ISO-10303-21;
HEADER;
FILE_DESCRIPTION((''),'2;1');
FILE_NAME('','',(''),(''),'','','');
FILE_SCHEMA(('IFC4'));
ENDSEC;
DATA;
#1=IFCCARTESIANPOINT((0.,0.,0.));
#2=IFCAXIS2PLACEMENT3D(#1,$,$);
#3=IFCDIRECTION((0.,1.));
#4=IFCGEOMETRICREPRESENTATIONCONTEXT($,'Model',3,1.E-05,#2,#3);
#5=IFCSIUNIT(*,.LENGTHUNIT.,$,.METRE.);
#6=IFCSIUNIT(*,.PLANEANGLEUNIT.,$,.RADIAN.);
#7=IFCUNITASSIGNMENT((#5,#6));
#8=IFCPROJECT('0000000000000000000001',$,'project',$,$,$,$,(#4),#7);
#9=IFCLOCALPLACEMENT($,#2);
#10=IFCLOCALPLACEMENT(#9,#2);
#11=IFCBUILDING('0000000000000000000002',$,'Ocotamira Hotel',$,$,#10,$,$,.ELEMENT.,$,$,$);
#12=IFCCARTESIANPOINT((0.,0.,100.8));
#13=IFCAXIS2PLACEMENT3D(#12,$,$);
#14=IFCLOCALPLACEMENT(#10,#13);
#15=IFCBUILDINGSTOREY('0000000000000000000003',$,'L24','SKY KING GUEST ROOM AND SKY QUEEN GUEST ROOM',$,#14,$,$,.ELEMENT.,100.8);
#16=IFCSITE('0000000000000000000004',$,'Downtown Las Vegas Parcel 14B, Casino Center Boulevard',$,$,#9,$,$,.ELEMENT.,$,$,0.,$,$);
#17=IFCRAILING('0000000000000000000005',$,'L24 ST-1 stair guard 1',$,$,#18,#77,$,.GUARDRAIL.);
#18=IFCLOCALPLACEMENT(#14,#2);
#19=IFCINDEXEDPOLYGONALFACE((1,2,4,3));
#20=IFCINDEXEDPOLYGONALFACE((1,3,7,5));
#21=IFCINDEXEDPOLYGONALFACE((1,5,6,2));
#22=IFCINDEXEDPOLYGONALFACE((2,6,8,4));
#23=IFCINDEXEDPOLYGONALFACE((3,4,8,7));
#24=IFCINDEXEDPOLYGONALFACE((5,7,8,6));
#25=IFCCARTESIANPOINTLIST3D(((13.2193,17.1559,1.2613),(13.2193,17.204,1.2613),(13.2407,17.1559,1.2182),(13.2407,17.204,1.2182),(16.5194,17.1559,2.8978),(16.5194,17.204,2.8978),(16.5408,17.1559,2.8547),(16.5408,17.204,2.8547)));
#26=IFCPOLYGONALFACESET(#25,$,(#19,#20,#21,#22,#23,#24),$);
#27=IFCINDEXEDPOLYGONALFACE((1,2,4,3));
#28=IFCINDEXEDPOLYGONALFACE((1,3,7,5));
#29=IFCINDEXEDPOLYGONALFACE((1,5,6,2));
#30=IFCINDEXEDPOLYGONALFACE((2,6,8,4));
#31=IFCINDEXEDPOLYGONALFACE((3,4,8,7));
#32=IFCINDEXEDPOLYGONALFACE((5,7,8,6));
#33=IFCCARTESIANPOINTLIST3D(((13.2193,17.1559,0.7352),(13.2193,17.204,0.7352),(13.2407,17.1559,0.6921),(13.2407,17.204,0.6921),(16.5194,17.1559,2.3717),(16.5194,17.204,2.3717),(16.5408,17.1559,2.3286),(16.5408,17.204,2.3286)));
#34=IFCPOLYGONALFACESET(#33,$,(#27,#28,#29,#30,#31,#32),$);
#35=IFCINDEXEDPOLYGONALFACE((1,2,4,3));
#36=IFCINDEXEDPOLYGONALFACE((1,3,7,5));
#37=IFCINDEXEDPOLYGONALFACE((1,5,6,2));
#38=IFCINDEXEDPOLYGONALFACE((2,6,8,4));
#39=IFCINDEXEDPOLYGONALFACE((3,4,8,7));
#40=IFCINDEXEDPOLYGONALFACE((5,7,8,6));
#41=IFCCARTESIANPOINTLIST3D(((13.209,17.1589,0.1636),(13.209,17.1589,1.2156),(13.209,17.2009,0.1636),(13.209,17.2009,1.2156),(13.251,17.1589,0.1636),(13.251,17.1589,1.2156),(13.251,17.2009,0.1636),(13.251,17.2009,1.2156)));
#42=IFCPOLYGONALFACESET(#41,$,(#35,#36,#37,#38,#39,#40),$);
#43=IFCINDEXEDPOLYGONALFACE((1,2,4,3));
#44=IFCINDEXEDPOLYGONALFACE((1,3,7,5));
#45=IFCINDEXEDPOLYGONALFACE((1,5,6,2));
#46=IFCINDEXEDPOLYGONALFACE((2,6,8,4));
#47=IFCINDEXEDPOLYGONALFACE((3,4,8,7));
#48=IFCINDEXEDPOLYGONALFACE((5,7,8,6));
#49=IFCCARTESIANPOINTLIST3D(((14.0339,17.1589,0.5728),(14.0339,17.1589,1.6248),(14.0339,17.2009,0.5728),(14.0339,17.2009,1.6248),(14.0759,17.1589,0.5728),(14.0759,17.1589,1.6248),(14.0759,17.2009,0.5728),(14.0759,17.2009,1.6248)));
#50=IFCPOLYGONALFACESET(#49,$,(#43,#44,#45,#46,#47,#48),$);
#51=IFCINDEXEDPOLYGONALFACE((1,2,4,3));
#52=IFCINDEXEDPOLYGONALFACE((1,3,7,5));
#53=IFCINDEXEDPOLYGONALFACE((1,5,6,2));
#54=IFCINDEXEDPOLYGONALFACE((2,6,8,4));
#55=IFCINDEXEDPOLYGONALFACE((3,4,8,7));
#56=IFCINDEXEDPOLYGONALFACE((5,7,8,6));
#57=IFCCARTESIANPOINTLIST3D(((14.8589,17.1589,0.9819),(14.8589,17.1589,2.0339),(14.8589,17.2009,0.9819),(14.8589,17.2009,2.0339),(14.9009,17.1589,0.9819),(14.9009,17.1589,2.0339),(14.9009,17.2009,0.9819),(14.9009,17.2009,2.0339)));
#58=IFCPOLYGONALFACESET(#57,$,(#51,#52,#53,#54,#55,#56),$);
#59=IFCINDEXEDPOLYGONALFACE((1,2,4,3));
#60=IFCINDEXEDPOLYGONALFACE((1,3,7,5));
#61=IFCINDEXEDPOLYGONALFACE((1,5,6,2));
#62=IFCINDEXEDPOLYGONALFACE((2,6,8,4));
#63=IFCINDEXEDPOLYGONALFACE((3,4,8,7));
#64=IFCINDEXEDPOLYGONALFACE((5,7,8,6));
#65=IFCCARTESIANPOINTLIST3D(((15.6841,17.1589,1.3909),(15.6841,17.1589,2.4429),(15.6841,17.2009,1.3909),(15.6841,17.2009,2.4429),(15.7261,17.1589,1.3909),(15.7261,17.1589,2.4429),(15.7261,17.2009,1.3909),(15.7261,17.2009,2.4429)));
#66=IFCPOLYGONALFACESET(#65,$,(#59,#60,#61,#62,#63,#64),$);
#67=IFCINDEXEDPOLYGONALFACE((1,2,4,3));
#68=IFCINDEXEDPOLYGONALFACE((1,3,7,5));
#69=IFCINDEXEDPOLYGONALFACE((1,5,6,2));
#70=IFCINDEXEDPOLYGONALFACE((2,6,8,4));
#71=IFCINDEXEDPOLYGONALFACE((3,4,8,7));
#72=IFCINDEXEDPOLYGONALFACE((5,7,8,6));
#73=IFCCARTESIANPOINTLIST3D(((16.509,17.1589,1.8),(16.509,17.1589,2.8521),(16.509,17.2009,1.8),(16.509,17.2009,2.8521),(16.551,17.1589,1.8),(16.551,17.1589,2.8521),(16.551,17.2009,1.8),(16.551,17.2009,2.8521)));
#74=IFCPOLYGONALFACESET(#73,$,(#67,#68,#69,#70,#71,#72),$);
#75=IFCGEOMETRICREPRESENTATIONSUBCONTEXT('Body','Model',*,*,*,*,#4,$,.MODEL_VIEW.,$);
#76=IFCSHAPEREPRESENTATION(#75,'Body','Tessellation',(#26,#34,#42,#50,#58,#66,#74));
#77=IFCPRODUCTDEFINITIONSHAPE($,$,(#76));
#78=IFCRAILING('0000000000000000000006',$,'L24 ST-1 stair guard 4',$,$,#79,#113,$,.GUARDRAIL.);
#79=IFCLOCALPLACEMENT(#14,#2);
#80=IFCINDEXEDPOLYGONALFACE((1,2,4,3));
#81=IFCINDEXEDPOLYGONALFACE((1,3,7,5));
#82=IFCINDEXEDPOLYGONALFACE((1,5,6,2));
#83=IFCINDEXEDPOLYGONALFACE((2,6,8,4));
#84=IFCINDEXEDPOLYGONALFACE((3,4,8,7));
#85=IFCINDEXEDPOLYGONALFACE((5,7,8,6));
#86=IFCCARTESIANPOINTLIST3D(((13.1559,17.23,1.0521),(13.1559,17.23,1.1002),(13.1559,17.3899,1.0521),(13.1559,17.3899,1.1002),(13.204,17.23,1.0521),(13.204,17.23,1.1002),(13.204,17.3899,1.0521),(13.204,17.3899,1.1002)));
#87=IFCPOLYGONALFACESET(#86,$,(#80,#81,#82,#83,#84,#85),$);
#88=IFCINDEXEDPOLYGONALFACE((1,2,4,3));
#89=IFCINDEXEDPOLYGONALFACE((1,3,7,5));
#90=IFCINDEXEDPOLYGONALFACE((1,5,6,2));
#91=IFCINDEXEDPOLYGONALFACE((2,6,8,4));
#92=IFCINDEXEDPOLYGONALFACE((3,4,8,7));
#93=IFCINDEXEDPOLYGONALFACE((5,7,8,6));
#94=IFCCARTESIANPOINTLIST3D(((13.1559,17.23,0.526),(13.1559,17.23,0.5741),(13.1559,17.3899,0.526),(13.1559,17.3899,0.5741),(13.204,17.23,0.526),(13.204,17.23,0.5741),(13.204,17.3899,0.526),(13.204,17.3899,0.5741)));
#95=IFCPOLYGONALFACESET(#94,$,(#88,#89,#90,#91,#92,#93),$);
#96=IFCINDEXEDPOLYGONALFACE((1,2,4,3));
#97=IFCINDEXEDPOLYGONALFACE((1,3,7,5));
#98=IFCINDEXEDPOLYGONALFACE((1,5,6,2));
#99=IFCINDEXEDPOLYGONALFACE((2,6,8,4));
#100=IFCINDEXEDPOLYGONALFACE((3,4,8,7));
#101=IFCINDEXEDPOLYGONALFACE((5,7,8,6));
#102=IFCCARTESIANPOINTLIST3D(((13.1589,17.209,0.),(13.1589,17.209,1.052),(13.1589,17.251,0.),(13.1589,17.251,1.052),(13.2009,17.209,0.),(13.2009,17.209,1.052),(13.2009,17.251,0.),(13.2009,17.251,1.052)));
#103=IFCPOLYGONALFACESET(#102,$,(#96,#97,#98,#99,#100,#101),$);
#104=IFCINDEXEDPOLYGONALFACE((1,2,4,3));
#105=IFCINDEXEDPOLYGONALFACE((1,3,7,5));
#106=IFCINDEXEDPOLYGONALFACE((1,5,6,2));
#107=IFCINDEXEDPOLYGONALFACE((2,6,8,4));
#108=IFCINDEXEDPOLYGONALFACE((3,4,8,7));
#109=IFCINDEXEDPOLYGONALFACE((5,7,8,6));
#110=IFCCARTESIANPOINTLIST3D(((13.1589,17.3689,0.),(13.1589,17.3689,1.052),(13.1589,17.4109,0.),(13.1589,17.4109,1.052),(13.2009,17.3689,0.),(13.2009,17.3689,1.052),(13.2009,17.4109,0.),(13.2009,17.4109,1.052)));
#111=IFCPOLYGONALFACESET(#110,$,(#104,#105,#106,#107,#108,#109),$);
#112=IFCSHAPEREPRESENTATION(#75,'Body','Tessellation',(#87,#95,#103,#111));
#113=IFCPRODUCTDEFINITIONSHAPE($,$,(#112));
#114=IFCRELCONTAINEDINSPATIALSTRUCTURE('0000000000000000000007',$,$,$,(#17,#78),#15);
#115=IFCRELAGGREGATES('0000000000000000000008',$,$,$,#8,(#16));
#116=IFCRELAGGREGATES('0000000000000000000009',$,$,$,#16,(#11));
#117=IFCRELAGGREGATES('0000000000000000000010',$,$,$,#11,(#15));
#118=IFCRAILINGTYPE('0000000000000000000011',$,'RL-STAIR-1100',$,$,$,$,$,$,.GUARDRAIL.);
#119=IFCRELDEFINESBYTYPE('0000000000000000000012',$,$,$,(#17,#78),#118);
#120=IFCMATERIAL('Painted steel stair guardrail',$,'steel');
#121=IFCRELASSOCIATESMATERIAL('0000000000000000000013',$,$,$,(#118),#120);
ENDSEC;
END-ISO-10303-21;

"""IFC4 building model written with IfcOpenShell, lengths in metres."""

from ifc_helpers import new_model, si_unit, direction, frame, origin, origin_2d, place, context, subcontext, project, spatial, rectangle, extrude, material, type_object, element, save


model = new_model("IFC4")

# Units and contexts
model_context = context("Model", 3, precision=1e-05, world=origin(), true_north=direction((0.0, 1.0)))
body_context = subcontext(model_context, "Body", "Model", "MODEL_VIEW")
ifc_project = project(units=[si_unit("LENGTHUNIT", "METRE"), si_unit("PLANEANGLEUNIT", "RADIAN")], contexts=[model_context])

# Site, building, storey
site_placement = place(None, origin())
site = spatial("IfcSite", under=ifc_project, at=site_placement, Name="Downtown Las Vegas Parcel 14B, Casino Center Boulevard", CompositionType="ELEMENT", RefElevation=0.0)
building_placement = place(site_placement, origin())
building = spatial("IfcBuilding", under=site, at=building_placement, Name="Ocotamira Hotel", CompositionType="ELEMENT")
storey_placement = place(building_placement, frame((0.0, 0.0, 100.8)))
storey = spatial("IfcBuildingStorey", under=building, at=storey_placement, Name="L24", Description="SKY KING GUEST ROOM AND SKY QUEEN GUEST ROOM", CompositionType="ELEMENT", Elevation=100.8)

# Railings
ifc_material_1 = material(Name="Painted steel stair guardrail", Category="steel")
railing_type_1 = type_object("IfcRailingType", Name="RL-STAIR-1100", PredefinedType="GUARDRAIL", material=ifc_material_1)
railing_1_placement = place(storey_placement, frame((13.23, 17.1799, 0.1636)))
element("IfcRailing", 1, at=railing_1_placement, inside=storey, type_object=railing_type_1, Name="L24 ST-1 stair guard 1", PredefinedType="GUARDRAIL", context=body_context, shape_type="SweptSolid", body=[
    extrude(rectangle(XDim=0.0481, YDim=0.0481, at=origin_2d()), frame((0.0, 0.0, 1.0762), z_axis=(0.895894, 0.0, 0.444268), x_axis=(0.0, 1.0, 0.0)), (0.0, 0.0, 1.0), 3.6836),
    extrude(rectangle(XDim=0.0481, YDim=0.0481, at=origin_2d()), frame((0.0, 0.0, 0.55), z_axis=(0.895894, 0.0, 0.444268), x_axis=(0.0, 1.0, 0.0)), (0.0, 0.0, 1.0), 3.6836),
    extrude(rectangle(XDim=0.042, YDim=0.042, at=origin_2d()), origin(), (0.0, 0.0, 1.0), 1.052),
    extrude(rectangle(XDim=0.042, YDim=0.042, at=origin_2d()), frame((0.825, 0.0, 0.4092)), (0.0, 0.0, 1.0), 1.052),
    extrude(rectangle(XDim=0.042, YDim=0.042, at=origin_2d()), frame((1.6499, 0.0, 0.8184)), (0.0, 0.0, 1.0), 1.052),
    extrude(rectangle(XDim=0.042, YDim=0.042, at=origin_2d()), frame((2.4751, 0.0, 1.2273)), (0.0, 0.0, 1.0), 1.052),
    extrude(rectangle(XDim=0.042, YDim=0.042, at=origin_2d()), frame((3.3, 0.0, 1.6365)), (0.0, 0.0, 1.0), 1.052),
])
railing_2_placement = place(storey_placement, frame((13.1799, 17.23, 0.0)))
element("IfcRailing", 2, at=railing_2_placement, inside=storey, type_object=railing_type_1, Name="L24 ST-1 stair guard 4", PredefinedType="GUARDRAIL", context=body_context, shape_type="SweptSolid", body=[
    extrude(rectangle(XDim=0.0481, YDim=0.0481, at=origin_2d()), frame((0.0, 0.0, 1.0762), z_axis=(0.0, 1.0, 0.0), x_axis=(-1.0, 0.0, 0.0)), (0.0, 0.0, 1.0), 0.1599),
    extrude(rectangle(XDim=0.0481, YDim=0.0481, at=origin_2d()), frame((0.0, 0.0, 0.55), z_axis=(0.0, 1.0, 0.0), x_axis=(-1.0, 0.0, 0.0)), (0.0, 0.0, 1.0), 0.1599),
    extrude(rectangle(XDim=0.042, YDim=0.042, at=origin_2d()), origin(), (0.0, 0.0, 1.0), 1.052),
    extrude(rectangle(XDim=0.042, YDim=0.042, at=origin_2d()), frame((0.0, 0.1599, 0.0)), (0.0, 0.0, 1.0), 1.052),
])

save(model, "model.ifc")
